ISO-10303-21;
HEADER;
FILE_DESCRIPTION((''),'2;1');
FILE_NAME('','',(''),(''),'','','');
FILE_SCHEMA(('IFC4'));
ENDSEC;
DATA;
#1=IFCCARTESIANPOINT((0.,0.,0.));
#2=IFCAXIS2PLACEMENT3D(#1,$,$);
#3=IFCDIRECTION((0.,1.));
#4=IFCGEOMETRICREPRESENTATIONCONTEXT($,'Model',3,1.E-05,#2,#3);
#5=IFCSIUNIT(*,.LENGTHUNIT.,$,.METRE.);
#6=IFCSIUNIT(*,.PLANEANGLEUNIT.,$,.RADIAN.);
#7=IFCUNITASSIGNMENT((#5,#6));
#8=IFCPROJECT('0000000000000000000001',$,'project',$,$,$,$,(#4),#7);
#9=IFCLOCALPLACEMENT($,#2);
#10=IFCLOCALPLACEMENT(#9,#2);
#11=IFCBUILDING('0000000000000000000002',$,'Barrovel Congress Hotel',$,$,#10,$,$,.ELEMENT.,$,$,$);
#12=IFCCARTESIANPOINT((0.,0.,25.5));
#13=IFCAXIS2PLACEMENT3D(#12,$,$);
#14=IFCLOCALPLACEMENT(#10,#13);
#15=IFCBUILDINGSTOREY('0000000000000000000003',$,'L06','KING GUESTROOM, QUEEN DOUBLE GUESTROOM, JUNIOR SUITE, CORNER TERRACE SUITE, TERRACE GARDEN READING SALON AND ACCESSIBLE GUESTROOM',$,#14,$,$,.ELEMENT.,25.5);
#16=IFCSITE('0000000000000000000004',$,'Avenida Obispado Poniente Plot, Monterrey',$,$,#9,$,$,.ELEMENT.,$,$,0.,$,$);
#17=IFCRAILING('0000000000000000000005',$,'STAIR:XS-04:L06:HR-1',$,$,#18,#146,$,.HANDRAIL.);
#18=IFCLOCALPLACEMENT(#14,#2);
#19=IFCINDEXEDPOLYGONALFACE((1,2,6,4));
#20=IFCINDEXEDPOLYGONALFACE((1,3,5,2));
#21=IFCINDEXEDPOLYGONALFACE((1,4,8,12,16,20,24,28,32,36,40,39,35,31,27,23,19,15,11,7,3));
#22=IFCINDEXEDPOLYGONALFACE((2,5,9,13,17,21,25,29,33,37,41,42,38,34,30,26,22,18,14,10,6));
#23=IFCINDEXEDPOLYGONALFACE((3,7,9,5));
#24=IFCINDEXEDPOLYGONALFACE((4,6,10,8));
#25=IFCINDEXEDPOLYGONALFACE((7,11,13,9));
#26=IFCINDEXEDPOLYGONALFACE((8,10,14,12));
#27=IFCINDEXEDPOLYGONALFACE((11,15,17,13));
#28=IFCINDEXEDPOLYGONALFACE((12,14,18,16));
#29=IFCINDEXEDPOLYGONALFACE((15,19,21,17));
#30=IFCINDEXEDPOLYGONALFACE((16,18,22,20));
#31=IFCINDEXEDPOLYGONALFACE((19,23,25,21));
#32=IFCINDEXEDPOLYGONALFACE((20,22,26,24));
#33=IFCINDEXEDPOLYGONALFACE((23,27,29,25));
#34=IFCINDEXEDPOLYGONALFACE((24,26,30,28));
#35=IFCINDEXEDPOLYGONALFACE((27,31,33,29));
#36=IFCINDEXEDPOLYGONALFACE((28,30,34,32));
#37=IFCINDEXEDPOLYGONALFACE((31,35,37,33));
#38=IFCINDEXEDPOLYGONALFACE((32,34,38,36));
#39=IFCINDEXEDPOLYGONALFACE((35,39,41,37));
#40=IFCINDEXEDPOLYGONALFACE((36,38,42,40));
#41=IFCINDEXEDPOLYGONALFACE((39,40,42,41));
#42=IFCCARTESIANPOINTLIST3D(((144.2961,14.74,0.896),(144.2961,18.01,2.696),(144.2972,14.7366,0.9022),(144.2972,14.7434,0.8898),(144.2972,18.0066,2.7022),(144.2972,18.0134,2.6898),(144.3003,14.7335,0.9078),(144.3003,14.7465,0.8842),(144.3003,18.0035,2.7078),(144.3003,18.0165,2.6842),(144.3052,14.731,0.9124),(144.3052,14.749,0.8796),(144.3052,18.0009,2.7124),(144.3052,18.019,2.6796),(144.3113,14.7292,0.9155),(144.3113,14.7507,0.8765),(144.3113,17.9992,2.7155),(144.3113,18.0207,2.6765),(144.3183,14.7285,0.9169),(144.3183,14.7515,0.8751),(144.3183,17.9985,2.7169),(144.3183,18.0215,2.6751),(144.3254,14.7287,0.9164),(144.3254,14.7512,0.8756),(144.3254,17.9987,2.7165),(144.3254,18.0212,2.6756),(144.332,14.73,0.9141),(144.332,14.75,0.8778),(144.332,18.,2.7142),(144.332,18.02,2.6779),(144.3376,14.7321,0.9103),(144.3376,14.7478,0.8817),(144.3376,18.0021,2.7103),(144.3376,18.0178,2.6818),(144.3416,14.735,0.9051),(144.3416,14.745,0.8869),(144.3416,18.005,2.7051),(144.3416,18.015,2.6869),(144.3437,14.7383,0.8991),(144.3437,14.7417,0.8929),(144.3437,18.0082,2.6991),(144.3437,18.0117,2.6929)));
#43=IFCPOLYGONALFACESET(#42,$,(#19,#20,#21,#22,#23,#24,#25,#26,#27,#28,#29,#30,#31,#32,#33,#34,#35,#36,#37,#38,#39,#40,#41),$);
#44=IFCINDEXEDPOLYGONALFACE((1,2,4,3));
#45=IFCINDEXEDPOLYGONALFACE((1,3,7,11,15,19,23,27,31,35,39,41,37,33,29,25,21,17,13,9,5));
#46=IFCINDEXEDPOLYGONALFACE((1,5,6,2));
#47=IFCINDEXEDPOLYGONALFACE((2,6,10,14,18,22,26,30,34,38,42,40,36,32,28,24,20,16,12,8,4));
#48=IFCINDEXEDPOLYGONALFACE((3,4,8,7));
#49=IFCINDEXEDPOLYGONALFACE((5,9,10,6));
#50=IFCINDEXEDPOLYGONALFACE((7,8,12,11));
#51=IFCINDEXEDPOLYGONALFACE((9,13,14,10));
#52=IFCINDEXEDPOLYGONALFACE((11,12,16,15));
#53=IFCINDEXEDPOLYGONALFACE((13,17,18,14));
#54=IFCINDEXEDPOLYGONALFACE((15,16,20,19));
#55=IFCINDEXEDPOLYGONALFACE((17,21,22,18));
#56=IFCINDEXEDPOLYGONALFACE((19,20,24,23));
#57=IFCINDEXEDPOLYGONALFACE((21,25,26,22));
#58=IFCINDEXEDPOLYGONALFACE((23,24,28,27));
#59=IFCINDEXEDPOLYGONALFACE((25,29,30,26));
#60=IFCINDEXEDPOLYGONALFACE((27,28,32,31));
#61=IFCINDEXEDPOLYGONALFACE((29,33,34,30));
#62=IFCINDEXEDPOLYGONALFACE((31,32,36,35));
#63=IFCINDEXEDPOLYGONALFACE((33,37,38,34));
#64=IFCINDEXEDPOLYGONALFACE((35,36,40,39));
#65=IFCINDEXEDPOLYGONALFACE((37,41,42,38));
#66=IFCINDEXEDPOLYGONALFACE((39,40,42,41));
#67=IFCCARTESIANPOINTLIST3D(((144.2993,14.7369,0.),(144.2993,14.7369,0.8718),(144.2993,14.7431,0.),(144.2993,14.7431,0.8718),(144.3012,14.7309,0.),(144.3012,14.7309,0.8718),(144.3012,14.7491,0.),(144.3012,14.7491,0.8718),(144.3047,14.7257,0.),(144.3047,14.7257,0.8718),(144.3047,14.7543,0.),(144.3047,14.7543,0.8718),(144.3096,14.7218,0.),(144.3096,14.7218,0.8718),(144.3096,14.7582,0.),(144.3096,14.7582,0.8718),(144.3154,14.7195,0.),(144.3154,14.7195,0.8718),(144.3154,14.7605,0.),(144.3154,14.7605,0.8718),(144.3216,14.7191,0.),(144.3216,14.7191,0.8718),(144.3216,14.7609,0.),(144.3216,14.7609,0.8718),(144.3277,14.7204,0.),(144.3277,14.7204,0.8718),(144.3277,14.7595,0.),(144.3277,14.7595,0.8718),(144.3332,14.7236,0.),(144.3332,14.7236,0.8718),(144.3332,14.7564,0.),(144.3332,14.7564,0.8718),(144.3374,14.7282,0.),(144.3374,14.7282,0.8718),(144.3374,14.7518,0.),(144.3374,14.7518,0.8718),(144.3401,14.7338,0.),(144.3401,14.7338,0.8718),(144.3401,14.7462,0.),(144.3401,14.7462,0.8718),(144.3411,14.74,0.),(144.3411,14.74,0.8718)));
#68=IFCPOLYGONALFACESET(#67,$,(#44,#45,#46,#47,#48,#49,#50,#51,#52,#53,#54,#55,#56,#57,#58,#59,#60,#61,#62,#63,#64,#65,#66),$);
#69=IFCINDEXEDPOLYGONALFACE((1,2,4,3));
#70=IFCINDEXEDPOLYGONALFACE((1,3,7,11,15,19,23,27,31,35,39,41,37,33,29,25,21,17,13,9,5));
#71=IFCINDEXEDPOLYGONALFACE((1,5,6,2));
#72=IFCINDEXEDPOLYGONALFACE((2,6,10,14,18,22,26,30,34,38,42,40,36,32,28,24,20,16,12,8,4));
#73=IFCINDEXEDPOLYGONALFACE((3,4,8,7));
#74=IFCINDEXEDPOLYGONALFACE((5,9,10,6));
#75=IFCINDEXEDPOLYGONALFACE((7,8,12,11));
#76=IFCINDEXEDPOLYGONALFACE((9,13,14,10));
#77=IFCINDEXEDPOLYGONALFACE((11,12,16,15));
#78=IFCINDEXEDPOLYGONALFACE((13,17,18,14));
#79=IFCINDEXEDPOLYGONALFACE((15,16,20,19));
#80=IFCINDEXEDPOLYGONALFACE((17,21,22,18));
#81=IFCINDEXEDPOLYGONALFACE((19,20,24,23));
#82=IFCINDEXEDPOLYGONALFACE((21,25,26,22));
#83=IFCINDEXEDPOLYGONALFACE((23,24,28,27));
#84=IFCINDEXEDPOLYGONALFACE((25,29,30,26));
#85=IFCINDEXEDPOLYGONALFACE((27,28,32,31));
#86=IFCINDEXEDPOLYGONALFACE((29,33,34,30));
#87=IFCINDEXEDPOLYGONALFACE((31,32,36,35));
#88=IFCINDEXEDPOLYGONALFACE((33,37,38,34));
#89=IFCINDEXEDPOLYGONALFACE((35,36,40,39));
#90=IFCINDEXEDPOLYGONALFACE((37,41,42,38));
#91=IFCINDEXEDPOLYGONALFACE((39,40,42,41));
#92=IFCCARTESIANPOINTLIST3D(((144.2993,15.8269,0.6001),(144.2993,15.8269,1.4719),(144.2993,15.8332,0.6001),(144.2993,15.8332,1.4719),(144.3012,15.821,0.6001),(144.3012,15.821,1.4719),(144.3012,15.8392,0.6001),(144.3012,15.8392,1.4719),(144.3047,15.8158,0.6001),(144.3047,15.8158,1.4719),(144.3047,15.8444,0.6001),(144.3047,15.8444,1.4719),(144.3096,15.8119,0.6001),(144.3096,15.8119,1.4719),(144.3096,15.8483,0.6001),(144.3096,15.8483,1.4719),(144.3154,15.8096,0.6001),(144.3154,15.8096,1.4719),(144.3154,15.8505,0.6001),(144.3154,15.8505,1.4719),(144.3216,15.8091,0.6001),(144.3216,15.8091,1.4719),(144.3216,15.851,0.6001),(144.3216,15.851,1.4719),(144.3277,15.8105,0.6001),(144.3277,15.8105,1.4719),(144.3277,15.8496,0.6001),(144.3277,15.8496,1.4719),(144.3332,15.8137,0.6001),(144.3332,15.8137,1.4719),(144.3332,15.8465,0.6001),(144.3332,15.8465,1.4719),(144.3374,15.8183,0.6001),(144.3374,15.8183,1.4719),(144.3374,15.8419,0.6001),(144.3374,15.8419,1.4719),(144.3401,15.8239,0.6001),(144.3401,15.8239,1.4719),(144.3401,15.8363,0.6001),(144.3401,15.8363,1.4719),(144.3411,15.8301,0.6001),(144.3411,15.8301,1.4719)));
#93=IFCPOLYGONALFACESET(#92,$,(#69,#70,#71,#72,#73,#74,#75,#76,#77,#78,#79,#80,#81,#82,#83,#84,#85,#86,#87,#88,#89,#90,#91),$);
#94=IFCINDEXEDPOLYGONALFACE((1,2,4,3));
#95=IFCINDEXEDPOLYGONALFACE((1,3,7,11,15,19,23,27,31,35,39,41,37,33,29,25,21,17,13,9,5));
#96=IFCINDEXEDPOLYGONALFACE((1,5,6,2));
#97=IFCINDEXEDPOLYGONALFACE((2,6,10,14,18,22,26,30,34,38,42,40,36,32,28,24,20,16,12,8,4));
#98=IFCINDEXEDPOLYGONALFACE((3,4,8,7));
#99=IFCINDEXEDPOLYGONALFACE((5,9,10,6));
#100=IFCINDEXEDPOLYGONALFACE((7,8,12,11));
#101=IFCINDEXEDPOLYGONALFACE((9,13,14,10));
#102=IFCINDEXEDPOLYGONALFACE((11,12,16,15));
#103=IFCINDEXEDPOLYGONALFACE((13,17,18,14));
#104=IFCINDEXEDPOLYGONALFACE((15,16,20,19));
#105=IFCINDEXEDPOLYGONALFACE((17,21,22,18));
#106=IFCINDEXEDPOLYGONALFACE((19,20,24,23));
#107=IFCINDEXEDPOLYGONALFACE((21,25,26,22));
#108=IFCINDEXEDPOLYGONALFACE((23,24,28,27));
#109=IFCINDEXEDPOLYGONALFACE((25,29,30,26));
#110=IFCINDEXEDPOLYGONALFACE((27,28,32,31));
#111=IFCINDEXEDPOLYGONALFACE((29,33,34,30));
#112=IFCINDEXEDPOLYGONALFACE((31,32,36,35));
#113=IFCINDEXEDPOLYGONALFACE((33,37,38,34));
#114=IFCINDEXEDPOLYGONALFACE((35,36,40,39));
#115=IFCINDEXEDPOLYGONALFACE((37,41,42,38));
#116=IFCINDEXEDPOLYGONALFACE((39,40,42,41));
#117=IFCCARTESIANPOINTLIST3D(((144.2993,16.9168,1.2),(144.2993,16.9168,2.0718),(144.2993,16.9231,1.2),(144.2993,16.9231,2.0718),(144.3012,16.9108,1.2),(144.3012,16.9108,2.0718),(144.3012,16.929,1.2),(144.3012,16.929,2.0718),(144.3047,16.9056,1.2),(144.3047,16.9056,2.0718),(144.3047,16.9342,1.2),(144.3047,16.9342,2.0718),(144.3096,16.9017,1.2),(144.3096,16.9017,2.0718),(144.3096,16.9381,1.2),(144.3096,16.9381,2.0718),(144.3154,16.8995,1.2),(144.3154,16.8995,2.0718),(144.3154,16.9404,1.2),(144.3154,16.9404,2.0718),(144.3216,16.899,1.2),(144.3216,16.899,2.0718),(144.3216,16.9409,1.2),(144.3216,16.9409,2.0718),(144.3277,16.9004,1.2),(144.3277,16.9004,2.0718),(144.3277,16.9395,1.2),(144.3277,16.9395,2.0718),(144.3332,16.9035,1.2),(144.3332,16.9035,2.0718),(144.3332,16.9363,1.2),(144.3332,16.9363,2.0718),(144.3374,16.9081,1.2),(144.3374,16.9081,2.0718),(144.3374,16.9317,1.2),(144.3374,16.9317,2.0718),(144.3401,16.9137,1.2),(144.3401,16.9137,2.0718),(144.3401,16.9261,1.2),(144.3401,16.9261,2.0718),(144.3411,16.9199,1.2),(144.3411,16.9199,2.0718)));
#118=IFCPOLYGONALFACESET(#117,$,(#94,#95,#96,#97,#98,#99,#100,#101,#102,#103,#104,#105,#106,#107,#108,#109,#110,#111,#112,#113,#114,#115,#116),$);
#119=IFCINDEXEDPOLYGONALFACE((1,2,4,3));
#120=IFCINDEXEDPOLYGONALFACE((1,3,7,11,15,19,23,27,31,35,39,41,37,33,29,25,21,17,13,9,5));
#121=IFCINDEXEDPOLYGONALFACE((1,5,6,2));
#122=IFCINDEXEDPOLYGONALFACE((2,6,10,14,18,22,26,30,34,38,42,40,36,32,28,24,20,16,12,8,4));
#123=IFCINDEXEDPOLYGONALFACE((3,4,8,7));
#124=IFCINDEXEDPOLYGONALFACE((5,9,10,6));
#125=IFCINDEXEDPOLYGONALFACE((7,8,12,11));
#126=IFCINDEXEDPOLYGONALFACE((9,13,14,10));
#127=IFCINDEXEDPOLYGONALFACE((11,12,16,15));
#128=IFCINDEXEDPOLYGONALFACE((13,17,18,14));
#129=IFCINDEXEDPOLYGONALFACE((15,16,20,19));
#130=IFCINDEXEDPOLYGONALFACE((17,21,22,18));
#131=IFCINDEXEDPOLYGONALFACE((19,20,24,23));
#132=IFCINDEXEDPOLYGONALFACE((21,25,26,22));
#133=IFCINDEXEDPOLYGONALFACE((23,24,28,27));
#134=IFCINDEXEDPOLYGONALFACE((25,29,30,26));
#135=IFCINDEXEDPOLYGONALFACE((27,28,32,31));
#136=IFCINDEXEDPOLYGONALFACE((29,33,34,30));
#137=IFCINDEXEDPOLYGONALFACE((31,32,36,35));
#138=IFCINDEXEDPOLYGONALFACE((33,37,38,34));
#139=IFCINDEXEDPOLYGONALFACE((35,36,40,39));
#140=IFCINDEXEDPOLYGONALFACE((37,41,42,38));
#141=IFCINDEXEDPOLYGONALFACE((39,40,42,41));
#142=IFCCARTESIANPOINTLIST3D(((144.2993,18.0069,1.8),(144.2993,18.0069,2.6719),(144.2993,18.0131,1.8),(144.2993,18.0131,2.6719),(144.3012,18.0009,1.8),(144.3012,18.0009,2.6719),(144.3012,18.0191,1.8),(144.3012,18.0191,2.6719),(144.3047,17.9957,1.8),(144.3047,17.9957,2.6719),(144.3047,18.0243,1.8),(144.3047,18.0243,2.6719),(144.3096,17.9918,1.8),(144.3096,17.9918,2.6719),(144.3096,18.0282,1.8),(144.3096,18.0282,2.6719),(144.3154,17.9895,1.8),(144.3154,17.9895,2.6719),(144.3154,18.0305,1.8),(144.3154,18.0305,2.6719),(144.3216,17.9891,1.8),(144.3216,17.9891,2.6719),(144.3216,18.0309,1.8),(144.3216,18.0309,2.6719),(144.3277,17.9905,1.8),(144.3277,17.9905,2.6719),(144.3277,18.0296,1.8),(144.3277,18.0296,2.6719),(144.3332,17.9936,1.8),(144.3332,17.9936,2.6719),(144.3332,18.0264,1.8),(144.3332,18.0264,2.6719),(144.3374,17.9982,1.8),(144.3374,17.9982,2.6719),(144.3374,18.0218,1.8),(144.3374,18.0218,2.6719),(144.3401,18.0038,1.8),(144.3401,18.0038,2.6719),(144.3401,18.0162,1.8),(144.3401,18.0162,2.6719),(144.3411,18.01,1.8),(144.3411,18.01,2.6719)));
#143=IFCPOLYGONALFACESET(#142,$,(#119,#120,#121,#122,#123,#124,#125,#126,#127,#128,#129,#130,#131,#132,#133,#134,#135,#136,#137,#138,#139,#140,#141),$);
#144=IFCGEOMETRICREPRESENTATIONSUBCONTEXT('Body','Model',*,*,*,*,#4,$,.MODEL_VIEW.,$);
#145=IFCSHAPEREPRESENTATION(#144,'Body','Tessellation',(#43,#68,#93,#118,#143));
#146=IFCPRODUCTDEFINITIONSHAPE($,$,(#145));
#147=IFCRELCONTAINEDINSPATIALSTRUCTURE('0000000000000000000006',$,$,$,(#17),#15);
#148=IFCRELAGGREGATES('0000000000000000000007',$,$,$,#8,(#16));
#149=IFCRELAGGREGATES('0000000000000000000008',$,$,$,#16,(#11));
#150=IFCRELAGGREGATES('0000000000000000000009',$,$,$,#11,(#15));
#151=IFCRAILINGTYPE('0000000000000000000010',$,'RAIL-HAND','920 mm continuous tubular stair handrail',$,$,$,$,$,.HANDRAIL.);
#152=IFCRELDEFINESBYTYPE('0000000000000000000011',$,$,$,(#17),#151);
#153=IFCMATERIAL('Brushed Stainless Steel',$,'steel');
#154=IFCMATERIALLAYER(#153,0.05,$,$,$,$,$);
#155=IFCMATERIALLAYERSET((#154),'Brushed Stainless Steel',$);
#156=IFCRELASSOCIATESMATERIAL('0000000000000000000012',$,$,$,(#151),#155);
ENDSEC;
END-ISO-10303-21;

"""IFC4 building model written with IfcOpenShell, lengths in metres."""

from ifc_helpers import new_model, si_unit, direction, frame, origin, origin_2d, place, context, subcontext, project, spatial, circle, extrude, material, layer, layer_set, type_object, element, save


model = new_model("IFC4")

# Units and contexts
model_context = context("Model", 3, precision=1e-05, world=origin(), true_north=direction((0.0, 1.0)))
body_context = subcontext(model_context, "Body", "Model", "MODEL_VIEW")
ifc_project = project(units=[si_unit("LENGTHUNIT", "METRE"), si_unit("PLANEANGLEUNIT", "RADIAN")], contexts=[model_context])

# Site, building, storey
site_placement = place(None, origin())
site = spatial("IfcSite", under=ifc_project, at=site_placement, Name="Avenida Obispado Poniente Plot, Monterrey", CompositionType="ELEMENT", RefElevation=0.0)
building_placement = place(site_placement, origin())
building = spatial("IfcBuilding", under=site, at=building_placement, Name="Barrovel Congress Hotel", CompositionType="ELEMENT")
storey_placement = place(building_placement, frame((0.0, 0.0, 25.5)))
storey = spatial("IfcBuildingStorey", under=building, at=storey_placement, Name="L06", Description="KING GUESTROOM, QUEEN DOUBLE GUESTROOM, JUNIOR SUITE, CORNER TERRACE SUITE, TERRACE GARDEN READING SALON AND ACCESSIBLE GUESTROOM", CompositionType="ELEMENT", Elevation=25.5)

# Railing
ifc_material_1 = material(Name="Brushed Stainless Steel", Category="steel")
ifc_layer_1 = layer(ifc_material_1, 0.05)
ifc_layer_set_1 = layer_set([ifc_layer_1], Name="Brushed Stainless Steel")
railing_type = type_object("IfcRailingType", Name="RAIL-HAND", Description="920 mm continuous tubular stair handrail", PredefinedType="HANDRAIL", material=ifc_layer_set_1)
railing_placement = place(storey_placement, frame((144.3201, 14.74, 0.0)))
element("IfcRailing", 1, at=railing_placement, inside=storey, type_object=railing_type, Name="STAIR:XS-04:L06:HR-1", PredefinedType="HANDRAIL", context=body_context, shape_type="SweptSolid", body=[
    extrude(circle(Radius=0.0239, at=origin_2d()), frame((0.0, 0.0, 0.896), z_axis=(0.0, 0.876042, 0.482235), x_axis=(-1.0, 0.0, 0.0)), (0.0, 0.0, 1.0), 3.7327),
    extrude(circle(Radius=0.021, at=origin_2d()), origin(), (0.0, 0.0, 1.0), 0.8718),
    extrude(circle(Radius=0.021, at=origin_2d()), frame((0.0, 1.0901, 0.6001)), (0.0, 0.0, 1.0), 0.8718),
    extrude(circle(Radius=0.021, at=origin_2d()), frame((0.0, 2.1799, 1.2)), (0.0, 0.0, 1.0), 0.8718),
    extrude(circle(Radius=0.021, at=origin_2d()), frame((0.0, 3.27, 1.8)), (0.0, 0.0, 1.0), 0.8718),
])

save(model, "model.ifc")
